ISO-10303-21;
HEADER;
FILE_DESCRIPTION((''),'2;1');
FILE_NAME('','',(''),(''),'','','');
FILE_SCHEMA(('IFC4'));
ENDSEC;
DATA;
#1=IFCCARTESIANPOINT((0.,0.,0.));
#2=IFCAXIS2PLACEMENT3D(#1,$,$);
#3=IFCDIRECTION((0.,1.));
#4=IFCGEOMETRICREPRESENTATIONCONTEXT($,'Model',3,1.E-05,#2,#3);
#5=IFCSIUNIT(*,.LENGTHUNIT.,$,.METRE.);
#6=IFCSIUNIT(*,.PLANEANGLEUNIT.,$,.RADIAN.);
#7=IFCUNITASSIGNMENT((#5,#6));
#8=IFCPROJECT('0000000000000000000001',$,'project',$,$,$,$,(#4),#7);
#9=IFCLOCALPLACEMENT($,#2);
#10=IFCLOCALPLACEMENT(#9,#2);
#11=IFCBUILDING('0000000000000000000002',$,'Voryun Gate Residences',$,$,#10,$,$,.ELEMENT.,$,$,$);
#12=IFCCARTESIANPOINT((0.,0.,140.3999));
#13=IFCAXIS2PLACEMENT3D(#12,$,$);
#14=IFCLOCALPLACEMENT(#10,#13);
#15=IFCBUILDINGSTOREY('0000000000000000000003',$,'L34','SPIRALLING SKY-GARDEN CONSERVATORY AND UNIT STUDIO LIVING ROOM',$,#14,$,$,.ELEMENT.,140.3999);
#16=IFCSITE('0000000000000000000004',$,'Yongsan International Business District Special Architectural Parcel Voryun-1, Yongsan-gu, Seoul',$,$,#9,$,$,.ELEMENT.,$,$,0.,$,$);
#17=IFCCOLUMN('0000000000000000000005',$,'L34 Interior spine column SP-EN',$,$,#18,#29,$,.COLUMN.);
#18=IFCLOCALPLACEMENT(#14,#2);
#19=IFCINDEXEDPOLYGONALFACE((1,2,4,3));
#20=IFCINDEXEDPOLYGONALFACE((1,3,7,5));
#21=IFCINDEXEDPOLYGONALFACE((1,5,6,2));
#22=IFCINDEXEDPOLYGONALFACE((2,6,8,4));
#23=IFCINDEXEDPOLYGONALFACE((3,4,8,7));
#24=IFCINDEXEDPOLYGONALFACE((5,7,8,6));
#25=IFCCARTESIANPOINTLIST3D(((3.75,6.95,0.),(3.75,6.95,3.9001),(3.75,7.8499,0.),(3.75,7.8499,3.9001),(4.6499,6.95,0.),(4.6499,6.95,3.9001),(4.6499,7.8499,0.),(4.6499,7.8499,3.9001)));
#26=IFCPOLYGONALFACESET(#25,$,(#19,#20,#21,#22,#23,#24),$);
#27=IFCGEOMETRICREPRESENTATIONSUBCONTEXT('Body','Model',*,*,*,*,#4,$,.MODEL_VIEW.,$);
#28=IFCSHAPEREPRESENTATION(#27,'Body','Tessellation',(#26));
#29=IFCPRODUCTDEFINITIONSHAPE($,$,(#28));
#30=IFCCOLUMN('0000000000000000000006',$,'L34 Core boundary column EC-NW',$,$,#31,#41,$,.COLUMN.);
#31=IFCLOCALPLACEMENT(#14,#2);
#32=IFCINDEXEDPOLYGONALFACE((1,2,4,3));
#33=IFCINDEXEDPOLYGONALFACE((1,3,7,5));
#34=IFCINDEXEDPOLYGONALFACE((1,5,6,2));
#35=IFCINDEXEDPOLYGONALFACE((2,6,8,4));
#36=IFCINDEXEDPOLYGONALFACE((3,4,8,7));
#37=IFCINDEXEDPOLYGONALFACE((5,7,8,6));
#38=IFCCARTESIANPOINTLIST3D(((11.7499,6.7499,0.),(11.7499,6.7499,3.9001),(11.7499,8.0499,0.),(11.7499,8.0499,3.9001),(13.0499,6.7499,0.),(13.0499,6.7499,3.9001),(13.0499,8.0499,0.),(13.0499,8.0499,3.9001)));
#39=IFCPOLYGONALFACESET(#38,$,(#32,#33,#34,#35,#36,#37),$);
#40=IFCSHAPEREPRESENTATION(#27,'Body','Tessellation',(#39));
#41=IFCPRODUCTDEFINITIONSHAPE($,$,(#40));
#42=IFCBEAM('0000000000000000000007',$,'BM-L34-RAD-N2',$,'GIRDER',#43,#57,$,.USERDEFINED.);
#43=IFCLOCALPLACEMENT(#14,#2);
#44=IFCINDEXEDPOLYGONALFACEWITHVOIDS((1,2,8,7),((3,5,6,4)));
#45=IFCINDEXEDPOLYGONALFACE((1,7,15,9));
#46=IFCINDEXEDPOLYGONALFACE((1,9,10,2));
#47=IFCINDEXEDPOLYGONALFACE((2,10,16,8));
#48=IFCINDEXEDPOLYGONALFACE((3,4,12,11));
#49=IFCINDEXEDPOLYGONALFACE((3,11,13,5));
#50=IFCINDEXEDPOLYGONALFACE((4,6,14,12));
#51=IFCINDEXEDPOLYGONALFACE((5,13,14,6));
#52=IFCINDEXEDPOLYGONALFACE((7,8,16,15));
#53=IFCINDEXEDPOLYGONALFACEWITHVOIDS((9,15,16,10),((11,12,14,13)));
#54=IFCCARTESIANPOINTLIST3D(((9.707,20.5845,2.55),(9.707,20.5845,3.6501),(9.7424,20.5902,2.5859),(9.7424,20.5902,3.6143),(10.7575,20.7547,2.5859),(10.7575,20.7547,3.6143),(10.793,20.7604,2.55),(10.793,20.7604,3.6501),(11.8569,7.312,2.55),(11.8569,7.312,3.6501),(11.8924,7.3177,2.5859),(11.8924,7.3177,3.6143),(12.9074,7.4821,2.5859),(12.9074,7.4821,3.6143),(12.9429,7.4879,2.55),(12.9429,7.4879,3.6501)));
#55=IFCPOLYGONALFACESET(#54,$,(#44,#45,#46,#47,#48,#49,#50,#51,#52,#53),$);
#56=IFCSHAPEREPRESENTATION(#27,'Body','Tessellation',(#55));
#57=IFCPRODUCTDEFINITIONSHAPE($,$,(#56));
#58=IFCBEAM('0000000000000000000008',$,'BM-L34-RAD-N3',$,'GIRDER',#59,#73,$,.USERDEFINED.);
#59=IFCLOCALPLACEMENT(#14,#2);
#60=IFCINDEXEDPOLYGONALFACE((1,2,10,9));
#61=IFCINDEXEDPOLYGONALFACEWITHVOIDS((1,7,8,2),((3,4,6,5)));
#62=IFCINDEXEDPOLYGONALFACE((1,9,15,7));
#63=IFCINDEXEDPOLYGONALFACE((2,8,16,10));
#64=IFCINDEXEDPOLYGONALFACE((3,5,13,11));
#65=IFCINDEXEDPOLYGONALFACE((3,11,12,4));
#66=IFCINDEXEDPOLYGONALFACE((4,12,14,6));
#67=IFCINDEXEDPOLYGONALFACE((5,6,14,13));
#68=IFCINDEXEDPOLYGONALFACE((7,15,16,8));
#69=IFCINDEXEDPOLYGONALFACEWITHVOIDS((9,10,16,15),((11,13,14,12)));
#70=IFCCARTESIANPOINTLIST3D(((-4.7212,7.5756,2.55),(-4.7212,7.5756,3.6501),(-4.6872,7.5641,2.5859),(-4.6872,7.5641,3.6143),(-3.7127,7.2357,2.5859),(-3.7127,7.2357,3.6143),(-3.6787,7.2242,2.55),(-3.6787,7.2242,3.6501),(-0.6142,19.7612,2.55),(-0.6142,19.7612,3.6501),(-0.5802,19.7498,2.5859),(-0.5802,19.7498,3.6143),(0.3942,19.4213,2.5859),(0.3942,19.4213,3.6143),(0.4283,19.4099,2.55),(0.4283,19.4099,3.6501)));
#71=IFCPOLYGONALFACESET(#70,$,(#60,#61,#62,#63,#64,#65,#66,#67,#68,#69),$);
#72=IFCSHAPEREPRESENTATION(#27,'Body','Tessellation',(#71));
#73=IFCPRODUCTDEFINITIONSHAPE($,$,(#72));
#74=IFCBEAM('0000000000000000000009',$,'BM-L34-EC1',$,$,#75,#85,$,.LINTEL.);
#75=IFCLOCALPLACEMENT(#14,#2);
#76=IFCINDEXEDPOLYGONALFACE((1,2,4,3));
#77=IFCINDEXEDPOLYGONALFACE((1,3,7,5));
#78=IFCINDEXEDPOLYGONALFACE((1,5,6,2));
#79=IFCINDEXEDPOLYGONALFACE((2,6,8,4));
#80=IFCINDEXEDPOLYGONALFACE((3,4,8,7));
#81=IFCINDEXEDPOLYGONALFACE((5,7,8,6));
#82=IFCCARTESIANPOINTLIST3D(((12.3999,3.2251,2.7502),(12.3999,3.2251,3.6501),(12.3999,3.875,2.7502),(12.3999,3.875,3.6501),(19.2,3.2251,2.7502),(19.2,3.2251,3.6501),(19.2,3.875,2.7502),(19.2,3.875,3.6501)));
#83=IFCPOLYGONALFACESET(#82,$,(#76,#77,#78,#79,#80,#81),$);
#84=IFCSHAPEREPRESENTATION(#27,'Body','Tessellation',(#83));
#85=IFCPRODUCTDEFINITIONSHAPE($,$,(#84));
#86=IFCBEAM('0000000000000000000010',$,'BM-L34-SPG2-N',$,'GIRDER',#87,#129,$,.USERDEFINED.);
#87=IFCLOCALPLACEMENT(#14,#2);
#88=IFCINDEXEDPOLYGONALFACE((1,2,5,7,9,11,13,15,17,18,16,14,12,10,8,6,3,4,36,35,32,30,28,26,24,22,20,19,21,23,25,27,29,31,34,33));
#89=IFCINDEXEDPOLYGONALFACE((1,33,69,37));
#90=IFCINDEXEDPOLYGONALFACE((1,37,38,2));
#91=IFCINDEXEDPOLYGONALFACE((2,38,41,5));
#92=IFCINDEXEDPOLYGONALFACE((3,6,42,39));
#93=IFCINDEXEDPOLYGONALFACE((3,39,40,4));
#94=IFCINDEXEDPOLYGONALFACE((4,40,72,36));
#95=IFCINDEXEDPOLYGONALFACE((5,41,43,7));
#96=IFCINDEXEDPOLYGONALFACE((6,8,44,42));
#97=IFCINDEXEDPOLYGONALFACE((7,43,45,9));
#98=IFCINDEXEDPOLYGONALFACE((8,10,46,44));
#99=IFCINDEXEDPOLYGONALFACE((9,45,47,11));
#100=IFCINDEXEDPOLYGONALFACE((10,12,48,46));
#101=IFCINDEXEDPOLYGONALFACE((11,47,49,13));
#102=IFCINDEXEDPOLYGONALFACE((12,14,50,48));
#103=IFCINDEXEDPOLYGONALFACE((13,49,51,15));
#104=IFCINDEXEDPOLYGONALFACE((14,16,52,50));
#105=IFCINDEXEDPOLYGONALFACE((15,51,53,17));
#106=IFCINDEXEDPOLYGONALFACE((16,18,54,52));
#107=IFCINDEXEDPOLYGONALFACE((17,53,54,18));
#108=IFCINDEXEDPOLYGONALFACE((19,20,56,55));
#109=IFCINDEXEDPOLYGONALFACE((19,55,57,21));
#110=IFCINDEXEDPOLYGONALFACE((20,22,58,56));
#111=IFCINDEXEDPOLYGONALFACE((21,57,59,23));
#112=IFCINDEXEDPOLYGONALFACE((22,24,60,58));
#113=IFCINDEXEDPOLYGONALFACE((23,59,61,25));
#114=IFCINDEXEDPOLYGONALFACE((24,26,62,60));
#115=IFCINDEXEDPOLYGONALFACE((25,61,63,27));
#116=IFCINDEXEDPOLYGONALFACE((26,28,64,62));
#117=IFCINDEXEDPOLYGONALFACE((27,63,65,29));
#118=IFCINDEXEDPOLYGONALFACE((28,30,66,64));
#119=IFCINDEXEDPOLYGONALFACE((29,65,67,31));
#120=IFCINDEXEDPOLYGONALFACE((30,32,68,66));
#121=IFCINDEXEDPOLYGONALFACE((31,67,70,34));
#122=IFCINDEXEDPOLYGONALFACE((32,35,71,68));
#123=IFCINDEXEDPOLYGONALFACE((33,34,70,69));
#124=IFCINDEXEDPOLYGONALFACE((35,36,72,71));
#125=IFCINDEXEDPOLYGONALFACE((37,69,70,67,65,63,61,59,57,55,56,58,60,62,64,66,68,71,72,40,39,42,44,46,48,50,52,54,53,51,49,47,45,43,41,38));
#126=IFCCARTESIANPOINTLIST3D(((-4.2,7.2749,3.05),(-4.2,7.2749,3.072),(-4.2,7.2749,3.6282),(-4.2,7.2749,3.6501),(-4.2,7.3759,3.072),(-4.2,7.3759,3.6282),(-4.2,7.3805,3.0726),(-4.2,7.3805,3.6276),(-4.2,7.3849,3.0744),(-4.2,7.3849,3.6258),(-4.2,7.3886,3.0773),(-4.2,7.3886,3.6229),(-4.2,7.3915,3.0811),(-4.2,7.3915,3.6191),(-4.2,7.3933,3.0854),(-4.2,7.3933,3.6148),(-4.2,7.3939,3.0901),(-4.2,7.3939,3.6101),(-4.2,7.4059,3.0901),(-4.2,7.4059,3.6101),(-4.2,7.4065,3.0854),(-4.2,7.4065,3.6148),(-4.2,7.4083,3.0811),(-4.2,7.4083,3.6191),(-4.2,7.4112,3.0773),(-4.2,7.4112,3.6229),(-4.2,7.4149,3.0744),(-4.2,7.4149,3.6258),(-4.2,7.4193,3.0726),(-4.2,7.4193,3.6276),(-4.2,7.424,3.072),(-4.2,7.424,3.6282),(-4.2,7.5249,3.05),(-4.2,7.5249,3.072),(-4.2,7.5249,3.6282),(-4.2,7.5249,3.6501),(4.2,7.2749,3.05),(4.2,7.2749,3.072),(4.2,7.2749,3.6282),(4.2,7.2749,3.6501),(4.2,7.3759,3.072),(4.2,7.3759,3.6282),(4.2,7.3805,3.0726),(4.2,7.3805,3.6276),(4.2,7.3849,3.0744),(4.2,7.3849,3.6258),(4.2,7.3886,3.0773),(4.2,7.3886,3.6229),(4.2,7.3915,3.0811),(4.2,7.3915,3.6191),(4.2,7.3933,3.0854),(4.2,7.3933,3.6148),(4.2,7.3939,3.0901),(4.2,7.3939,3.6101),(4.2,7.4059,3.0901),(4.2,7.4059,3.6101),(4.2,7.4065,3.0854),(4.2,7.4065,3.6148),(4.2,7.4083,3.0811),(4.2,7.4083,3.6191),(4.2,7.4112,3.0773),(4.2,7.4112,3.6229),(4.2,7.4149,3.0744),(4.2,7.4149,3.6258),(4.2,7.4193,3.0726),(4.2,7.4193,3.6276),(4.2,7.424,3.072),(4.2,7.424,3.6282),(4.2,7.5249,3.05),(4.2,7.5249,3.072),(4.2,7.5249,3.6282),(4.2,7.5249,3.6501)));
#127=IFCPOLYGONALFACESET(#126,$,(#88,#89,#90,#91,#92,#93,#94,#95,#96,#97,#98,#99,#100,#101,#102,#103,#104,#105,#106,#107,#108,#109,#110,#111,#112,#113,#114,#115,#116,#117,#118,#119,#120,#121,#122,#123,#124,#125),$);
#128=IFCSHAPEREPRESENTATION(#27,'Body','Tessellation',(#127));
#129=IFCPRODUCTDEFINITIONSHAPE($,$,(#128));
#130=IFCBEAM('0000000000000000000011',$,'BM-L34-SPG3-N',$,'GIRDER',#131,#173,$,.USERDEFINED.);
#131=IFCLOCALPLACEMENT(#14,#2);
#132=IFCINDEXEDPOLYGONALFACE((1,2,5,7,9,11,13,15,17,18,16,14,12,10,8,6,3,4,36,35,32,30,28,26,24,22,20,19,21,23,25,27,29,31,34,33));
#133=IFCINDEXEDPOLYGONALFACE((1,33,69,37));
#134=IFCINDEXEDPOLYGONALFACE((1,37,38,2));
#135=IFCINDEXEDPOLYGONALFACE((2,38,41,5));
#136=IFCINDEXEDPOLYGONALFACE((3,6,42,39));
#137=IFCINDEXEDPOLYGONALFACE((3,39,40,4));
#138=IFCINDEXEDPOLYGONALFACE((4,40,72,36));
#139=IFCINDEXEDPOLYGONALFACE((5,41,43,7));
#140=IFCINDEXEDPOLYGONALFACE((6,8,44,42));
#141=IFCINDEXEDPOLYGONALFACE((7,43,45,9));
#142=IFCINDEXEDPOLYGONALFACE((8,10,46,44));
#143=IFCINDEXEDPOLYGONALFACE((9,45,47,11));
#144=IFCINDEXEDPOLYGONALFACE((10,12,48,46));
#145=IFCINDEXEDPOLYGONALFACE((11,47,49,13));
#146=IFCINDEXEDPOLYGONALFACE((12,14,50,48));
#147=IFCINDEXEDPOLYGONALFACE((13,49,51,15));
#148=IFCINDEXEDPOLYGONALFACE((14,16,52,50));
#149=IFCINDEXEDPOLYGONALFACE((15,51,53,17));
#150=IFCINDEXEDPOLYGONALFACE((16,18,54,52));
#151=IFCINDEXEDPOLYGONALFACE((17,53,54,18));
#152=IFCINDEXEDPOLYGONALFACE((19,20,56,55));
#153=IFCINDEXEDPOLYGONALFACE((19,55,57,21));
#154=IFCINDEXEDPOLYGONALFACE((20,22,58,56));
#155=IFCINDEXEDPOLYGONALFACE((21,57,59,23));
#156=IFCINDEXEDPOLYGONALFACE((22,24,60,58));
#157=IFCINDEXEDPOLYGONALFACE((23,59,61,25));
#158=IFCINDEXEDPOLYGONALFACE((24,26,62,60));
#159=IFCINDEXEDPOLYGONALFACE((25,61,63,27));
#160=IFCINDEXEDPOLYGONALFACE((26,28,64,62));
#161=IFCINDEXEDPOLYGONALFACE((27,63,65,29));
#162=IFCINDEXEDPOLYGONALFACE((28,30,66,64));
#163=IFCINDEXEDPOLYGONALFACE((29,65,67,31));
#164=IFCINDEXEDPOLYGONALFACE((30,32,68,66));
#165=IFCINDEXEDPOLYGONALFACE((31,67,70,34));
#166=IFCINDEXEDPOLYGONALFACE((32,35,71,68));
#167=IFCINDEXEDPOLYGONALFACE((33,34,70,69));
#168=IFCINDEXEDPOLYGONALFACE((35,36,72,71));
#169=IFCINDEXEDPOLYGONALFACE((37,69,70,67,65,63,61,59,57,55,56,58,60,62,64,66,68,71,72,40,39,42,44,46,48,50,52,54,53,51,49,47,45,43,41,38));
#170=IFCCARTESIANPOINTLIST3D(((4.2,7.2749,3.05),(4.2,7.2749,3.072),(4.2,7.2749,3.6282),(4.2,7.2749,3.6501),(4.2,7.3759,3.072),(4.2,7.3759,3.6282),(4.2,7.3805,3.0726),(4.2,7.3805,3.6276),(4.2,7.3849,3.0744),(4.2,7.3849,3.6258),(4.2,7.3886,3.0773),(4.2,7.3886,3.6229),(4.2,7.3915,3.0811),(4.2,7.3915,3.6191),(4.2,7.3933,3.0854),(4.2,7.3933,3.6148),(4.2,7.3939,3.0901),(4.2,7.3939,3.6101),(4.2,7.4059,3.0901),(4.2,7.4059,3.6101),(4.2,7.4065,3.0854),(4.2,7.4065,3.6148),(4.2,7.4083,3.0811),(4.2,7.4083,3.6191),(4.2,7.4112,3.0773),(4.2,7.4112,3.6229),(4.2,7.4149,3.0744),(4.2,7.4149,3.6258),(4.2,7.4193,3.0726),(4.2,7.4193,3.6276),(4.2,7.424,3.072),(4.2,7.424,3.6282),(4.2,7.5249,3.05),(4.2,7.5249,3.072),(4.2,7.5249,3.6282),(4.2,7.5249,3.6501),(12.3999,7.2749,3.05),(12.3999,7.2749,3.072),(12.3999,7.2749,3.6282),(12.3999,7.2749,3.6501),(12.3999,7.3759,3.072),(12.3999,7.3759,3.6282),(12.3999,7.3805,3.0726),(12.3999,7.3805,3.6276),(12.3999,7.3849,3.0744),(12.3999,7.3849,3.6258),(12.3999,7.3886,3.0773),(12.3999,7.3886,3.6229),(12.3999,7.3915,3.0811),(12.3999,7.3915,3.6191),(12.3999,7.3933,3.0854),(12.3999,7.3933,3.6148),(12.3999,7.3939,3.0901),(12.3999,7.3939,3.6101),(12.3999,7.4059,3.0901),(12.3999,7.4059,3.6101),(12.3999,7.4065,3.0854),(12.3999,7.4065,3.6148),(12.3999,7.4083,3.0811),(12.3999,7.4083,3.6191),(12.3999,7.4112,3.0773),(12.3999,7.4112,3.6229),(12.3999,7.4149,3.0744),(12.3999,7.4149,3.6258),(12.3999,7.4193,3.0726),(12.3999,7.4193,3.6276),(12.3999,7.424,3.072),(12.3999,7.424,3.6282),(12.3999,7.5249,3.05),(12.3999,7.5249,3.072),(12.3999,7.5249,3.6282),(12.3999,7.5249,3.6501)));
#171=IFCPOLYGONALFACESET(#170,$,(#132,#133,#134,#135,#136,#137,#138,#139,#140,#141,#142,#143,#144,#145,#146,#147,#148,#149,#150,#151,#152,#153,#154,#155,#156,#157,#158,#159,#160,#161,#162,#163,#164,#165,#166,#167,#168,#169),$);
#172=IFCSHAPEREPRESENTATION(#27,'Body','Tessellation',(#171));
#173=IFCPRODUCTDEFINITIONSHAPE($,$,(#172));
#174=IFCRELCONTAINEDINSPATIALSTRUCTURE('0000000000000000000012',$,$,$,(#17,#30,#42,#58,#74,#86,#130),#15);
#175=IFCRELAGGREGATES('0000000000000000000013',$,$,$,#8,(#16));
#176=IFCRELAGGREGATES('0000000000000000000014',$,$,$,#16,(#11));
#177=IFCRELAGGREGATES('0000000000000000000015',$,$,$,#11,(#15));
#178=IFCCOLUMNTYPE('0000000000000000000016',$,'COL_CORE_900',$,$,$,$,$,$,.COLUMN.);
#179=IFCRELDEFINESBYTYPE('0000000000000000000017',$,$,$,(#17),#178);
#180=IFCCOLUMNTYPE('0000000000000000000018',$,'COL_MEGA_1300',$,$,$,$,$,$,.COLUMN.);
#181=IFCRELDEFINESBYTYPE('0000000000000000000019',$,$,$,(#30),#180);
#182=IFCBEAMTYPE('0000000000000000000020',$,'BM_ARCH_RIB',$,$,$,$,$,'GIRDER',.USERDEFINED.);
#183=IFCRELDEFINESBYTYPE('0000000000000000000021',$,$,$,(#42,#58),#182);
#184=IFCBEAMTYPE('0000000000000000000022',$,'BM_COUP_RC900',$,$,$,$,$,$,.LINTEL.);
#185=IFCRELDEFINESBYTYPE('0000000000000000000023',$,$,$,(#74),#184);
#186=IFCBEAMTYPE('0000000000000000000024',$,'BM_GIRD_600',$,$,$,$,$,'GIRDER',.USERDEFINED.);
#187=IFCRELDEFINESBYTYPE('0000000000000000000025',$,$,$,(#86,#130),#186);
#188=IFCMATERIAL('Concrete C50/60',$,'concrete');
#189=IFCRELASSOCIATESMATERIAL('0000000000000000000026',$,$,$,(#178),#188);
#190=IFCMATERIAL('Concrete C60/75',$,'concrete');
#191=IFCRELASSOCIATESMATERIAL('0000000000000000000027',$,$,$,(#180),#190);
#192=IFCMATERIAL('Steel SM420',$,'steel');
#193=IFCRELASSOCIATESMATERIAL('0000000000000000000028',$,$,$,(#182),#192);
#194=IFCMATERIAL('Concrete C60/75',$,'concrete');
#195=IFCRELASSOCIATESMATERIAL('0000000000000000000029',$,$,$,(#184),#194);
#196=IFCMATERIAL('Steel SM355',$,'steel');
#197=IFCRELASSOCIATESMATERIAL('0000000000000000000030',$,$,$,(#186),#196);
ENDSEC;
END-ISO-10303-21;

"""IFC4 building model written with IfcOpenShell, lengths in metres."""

from ifc_helpers import new_model, si_unit, direction, frame, origin, origin_2d, place, context, subcontext, project, spatial, rectangle, hollow_rectangle, i_section, extrude, material, material_profile, profile_set, type_object, element, save


model = new_model("IFC4")

# Units and contexts
model_context = context("Model", 3, precision=1e-05, world=origin(), true_north=direction((0.0, 1.0)))
body_context = subcontext(model_context, "Body", "Model", "MODEL_VIEW")
ifc_project = project(units=[si_unit("LENGTHUNIT", "METRE"), si_unit("PLANEANGLEUNIT", "RADIAN")], contexts=[model_context])

# Site, building, storey
site_placement = place(None, origin())
site = spatial("IfcSite", under=ifc_project, at=site_placement, Name="Yongsan International Business District Special Architectural Parcel Voryun-1, Yongsan-gu, Seoul", CompositionType="ELEMENT", RefElevation=0.0)
building_placement = place(site_placement, origin())
building = spatial("IfcBuilding", under=site, at=building_placement, Name="Voryun Gate Residences", CompositionType="ELEMENT")
storey_placement = place(building_placement, frame((0.0, 0.0, 140.3999)))
storey = spatial("IfcBuildingStorey", under=building, at=storey_placement, Name="L34", Description="SPIRALLING SKY-GARDEN CONSERVATORY AND UNIT STUDIO LIVING ROOM", CompositionType="ELEMENT", Elevation=140.3999)

# Columns
ifc_material_1 = material(Name="Concrete C50/60", Category="concrete")
ifc_material_profile_1 = material_profile(ifc_material_1, rectangle(XDim=0.8999, YDim=0.8999, at=origin_2d()), Name="RC-900x900")
ifc_profile_set_1 = profile_set([ifc_material_profile_1], Name="Concrete C50/60")
column_type_1 = type_object("IfcColumnType", Name="COL_CORE_900", PredefinedType="COLUMN", material=ifc_profile_set_1)
column_1_placement = place(storey_placement, frame((4.2, 7.3999, 0.0), z_axis=(0.0, 0.0, 1.0), x_axis=(1.0, 0.0, 0.0)))
element("IfcColumn", 1, at=column_1_placement, inside=storey, type_object=column_type_1, Name="L34 Interior spine column SP-EN", PredefinedType="COLUMN", context=body_context, shape_type="SweptSolid", body=[
    extrude(rectangle(XDim=0.8999, YDim=0.8999, at=origin_2d()), origin(), (0.0, 0.0, 1.0), 3.9001),
])
ifc_material_2 = material(Name="Concrete C60/75", Category="concrete")
ifc_material_profile_2 = material_profile(ifc_material_2, rectangle(XDim=1.3, YDim=1.3, at=origin_2d()), Name="RC-1300x1300")
ifc_profile_set_2 = profile_set([ifc_material_profile_2], Name="Concrete C60/75")
column_type_2 = type_object("IfcColumnType", Name="COL_MEGA_1300", PredefinedType="COLUMN", material=ifc_profile_set_2)
column_2_placement = place(storey_placement, frame((12.3999, 7.3999, 0.0), z_axis=(0.0, 0.0, 1.0), x_axis=(1.0, 0.0, 0.0)))
element("IfcColumn", 2, at=column_2_placement, inside=storey, type_object=column_type_2, Name="L34 Core boundary column EC-NW", PredefinedType="COLUMN", context=body_context, shape_type="SweptSolid", body=[
    extrude(rectangle(XDim=1.3, YDim=1.3, at=origin_2d()), origin(), (0.0, 0.0, 1.0), 3.9001),
])

# Beams
ifc_material_3 = material(Name="Steel SM420", Category="steel")
ifc_material_profile_3 = material_profile(ifc_material_3, hollow_rectangle(XDim=1.1001, YDim=1.1001, WallThickness=0.0359, at=origin_2d()), Name="BOX-1100x1100x36")
ifc_profile_set_3 = profile_set([ifc_material_profile_3], Name="Steel SM420")
beam_type_1 = type_object("IfcBeamType", Name="BM_ARCH_RIB", ElementType="GIRDER", PredefinedType="USERDEFINED", material=ifc_profile_set_3)
beam_1_placement = place(storey_placement, frame((12.3999, 7.3999, 3.1001), z_axis=(-0.159898, 0.987134, 0.0), x_axis=(-0.987134, -0.159898, 0.0)))
element("IfcBeam", 3, at=beam_1_placement, inside=storey, type_object=beam_type_1, Name="BM-L34-RAD-N2", ObjectType="GIRDER", PredefinedType="USERDEFINED", context=body_context, shape_type="SweptSolid", body=[
    extrude(hollow_rectangle(XDim=1.1001, YDim=1.1001, WallThickness=0.0359, at=origin_2d()), origin(), (0.0, 0.0, 1.0), 13.4456),
])
beam_2_placement = place(storey_placement, frame((-4.2, 7.3999, 3.1001), z_axis=(0.319381, 0.947626, 0.0), x_axis=(-0.947626, 0.319381, 0.0)))
element("IfcBeam", 4, at=beam_2_placement, inside=storey, type_object=beam_type_1, Name="BM-L34-RAD-N3", ObjectType="GIRDER", PredefinedType="USERDEFINED", context=body_context, shape_type="SweptSolid", body=[
    extrude(hollow_rectangle(XDim=1.1001, YDim=1.1001, WallThickness=0.0359, at=origin_2d()), origin(), (0.0, 0.0, 1.0), 12.8591),
])
ifc_material_4 = material(Name="Concrete C60/75", Category="concrete")
ifc_material_profile_4 = material_profile(ifc_material_4, rectangle(XDim=0.6499, YDim=0.8999, at=origin_2d()), Name="RC-650x900")
ifc_profile_set_4 = profile_set([ifc_material_profile_4], Name="Concrete C60/75")
beam_type_2 = type_object("IfcBeamType", Name="BM_COUP_RC900", PredefinedType="LINTEL", material=ifc_profile_set_4)
beam_3_placement = place(storey_placement, frame((12.3999, 3.55, 3.2002), z_axis=(1.0, 0.0, 0.0), x_axis=(0.0, 1.0, 0.0)))
element("IfcBeam", 5, at=beam_3_placement, inside=storey, type_object=beam_type_2, Name="BM-L34-EC1", PredefinedType="LINTEL", context=body_context, shape_type="SweptSolid", body=[
    extrude(rectangle(XDim=0.6499, YDim=0.8999, at=origin_2d()), origin(), (0.0, 0.0, 1.0), 6.8),
])
ifc_material_5 = material(Name="Steel SM355", Category="steel")
ifc_material_profile_5 = material_profile(ifc_material_5, i_section(OverallWidth=0.25, OverallDepth=0.6001, WebThickness=0.012, FlangeThickness=0.022, FilletRadius=0.0181, at=origin_2d()), Name="H-600x250x12x22")
ifc_profile_set_5 = profile_set([ifc_material_profile_5], Name="Steel SM355")
beam_type_3 = type_object("IfcBeamType", Name="BM_GIRD_600", ElementType="GIRDER", PredefinedType="USERDEFINED", material=ifc_profile_set_5)
beam_4_placement = place(storey_placement, frame((-4.2, 7.3999, 3.3501), z_axis=(1.0, 0.0, 0.0), x_axis=(0.0, 1.0, 0.0)))
element("IfcBeam", 6, at=beam_4_placement, inside=storey, type_object=beam_type_3, Name="BM-L34-SPG2-N", ObjectType="GIRDER", PredefinedType="USERDEFINED", context=body_context, shape_type="SweptSolid", body=[
    extrude(i_section(OverallWidth=0.25, OverallDepth=0.6001, WebThickness=0.012, FlangeThickness=0.022, FilletRadius=0.0181, at=origin_2d()), origin(), (0.0, 0.0, 1.0), 8.3999),
])
beam_5_placement = place(storey_placement, frame((4.2, 7.3999, 3.3501), z_axis=(1.0, 0.0, 0.0), x_axis=(0.0, 1.0, 0.0)))
element("IfcBeam", 7, at=beam_5_placement, inside=storey, type_object=beam_type_3, Name="BM-L34-SPG3-N", ObjectType="GIRDER", PredefinedType="USERDEFINED", context=body_context, shape_type="SweptSolid", body=[
    extrude(i_section(OverallWidth=0.25, OverallDepth=0.6001, WebThickness=0.012, FlangeThickness=0.022, FilletRadius=0.0181, at=origin_2d()), origin(), (0.0, 0.0, 1.0), 8.2),
])

save(model, "model.ifc")
